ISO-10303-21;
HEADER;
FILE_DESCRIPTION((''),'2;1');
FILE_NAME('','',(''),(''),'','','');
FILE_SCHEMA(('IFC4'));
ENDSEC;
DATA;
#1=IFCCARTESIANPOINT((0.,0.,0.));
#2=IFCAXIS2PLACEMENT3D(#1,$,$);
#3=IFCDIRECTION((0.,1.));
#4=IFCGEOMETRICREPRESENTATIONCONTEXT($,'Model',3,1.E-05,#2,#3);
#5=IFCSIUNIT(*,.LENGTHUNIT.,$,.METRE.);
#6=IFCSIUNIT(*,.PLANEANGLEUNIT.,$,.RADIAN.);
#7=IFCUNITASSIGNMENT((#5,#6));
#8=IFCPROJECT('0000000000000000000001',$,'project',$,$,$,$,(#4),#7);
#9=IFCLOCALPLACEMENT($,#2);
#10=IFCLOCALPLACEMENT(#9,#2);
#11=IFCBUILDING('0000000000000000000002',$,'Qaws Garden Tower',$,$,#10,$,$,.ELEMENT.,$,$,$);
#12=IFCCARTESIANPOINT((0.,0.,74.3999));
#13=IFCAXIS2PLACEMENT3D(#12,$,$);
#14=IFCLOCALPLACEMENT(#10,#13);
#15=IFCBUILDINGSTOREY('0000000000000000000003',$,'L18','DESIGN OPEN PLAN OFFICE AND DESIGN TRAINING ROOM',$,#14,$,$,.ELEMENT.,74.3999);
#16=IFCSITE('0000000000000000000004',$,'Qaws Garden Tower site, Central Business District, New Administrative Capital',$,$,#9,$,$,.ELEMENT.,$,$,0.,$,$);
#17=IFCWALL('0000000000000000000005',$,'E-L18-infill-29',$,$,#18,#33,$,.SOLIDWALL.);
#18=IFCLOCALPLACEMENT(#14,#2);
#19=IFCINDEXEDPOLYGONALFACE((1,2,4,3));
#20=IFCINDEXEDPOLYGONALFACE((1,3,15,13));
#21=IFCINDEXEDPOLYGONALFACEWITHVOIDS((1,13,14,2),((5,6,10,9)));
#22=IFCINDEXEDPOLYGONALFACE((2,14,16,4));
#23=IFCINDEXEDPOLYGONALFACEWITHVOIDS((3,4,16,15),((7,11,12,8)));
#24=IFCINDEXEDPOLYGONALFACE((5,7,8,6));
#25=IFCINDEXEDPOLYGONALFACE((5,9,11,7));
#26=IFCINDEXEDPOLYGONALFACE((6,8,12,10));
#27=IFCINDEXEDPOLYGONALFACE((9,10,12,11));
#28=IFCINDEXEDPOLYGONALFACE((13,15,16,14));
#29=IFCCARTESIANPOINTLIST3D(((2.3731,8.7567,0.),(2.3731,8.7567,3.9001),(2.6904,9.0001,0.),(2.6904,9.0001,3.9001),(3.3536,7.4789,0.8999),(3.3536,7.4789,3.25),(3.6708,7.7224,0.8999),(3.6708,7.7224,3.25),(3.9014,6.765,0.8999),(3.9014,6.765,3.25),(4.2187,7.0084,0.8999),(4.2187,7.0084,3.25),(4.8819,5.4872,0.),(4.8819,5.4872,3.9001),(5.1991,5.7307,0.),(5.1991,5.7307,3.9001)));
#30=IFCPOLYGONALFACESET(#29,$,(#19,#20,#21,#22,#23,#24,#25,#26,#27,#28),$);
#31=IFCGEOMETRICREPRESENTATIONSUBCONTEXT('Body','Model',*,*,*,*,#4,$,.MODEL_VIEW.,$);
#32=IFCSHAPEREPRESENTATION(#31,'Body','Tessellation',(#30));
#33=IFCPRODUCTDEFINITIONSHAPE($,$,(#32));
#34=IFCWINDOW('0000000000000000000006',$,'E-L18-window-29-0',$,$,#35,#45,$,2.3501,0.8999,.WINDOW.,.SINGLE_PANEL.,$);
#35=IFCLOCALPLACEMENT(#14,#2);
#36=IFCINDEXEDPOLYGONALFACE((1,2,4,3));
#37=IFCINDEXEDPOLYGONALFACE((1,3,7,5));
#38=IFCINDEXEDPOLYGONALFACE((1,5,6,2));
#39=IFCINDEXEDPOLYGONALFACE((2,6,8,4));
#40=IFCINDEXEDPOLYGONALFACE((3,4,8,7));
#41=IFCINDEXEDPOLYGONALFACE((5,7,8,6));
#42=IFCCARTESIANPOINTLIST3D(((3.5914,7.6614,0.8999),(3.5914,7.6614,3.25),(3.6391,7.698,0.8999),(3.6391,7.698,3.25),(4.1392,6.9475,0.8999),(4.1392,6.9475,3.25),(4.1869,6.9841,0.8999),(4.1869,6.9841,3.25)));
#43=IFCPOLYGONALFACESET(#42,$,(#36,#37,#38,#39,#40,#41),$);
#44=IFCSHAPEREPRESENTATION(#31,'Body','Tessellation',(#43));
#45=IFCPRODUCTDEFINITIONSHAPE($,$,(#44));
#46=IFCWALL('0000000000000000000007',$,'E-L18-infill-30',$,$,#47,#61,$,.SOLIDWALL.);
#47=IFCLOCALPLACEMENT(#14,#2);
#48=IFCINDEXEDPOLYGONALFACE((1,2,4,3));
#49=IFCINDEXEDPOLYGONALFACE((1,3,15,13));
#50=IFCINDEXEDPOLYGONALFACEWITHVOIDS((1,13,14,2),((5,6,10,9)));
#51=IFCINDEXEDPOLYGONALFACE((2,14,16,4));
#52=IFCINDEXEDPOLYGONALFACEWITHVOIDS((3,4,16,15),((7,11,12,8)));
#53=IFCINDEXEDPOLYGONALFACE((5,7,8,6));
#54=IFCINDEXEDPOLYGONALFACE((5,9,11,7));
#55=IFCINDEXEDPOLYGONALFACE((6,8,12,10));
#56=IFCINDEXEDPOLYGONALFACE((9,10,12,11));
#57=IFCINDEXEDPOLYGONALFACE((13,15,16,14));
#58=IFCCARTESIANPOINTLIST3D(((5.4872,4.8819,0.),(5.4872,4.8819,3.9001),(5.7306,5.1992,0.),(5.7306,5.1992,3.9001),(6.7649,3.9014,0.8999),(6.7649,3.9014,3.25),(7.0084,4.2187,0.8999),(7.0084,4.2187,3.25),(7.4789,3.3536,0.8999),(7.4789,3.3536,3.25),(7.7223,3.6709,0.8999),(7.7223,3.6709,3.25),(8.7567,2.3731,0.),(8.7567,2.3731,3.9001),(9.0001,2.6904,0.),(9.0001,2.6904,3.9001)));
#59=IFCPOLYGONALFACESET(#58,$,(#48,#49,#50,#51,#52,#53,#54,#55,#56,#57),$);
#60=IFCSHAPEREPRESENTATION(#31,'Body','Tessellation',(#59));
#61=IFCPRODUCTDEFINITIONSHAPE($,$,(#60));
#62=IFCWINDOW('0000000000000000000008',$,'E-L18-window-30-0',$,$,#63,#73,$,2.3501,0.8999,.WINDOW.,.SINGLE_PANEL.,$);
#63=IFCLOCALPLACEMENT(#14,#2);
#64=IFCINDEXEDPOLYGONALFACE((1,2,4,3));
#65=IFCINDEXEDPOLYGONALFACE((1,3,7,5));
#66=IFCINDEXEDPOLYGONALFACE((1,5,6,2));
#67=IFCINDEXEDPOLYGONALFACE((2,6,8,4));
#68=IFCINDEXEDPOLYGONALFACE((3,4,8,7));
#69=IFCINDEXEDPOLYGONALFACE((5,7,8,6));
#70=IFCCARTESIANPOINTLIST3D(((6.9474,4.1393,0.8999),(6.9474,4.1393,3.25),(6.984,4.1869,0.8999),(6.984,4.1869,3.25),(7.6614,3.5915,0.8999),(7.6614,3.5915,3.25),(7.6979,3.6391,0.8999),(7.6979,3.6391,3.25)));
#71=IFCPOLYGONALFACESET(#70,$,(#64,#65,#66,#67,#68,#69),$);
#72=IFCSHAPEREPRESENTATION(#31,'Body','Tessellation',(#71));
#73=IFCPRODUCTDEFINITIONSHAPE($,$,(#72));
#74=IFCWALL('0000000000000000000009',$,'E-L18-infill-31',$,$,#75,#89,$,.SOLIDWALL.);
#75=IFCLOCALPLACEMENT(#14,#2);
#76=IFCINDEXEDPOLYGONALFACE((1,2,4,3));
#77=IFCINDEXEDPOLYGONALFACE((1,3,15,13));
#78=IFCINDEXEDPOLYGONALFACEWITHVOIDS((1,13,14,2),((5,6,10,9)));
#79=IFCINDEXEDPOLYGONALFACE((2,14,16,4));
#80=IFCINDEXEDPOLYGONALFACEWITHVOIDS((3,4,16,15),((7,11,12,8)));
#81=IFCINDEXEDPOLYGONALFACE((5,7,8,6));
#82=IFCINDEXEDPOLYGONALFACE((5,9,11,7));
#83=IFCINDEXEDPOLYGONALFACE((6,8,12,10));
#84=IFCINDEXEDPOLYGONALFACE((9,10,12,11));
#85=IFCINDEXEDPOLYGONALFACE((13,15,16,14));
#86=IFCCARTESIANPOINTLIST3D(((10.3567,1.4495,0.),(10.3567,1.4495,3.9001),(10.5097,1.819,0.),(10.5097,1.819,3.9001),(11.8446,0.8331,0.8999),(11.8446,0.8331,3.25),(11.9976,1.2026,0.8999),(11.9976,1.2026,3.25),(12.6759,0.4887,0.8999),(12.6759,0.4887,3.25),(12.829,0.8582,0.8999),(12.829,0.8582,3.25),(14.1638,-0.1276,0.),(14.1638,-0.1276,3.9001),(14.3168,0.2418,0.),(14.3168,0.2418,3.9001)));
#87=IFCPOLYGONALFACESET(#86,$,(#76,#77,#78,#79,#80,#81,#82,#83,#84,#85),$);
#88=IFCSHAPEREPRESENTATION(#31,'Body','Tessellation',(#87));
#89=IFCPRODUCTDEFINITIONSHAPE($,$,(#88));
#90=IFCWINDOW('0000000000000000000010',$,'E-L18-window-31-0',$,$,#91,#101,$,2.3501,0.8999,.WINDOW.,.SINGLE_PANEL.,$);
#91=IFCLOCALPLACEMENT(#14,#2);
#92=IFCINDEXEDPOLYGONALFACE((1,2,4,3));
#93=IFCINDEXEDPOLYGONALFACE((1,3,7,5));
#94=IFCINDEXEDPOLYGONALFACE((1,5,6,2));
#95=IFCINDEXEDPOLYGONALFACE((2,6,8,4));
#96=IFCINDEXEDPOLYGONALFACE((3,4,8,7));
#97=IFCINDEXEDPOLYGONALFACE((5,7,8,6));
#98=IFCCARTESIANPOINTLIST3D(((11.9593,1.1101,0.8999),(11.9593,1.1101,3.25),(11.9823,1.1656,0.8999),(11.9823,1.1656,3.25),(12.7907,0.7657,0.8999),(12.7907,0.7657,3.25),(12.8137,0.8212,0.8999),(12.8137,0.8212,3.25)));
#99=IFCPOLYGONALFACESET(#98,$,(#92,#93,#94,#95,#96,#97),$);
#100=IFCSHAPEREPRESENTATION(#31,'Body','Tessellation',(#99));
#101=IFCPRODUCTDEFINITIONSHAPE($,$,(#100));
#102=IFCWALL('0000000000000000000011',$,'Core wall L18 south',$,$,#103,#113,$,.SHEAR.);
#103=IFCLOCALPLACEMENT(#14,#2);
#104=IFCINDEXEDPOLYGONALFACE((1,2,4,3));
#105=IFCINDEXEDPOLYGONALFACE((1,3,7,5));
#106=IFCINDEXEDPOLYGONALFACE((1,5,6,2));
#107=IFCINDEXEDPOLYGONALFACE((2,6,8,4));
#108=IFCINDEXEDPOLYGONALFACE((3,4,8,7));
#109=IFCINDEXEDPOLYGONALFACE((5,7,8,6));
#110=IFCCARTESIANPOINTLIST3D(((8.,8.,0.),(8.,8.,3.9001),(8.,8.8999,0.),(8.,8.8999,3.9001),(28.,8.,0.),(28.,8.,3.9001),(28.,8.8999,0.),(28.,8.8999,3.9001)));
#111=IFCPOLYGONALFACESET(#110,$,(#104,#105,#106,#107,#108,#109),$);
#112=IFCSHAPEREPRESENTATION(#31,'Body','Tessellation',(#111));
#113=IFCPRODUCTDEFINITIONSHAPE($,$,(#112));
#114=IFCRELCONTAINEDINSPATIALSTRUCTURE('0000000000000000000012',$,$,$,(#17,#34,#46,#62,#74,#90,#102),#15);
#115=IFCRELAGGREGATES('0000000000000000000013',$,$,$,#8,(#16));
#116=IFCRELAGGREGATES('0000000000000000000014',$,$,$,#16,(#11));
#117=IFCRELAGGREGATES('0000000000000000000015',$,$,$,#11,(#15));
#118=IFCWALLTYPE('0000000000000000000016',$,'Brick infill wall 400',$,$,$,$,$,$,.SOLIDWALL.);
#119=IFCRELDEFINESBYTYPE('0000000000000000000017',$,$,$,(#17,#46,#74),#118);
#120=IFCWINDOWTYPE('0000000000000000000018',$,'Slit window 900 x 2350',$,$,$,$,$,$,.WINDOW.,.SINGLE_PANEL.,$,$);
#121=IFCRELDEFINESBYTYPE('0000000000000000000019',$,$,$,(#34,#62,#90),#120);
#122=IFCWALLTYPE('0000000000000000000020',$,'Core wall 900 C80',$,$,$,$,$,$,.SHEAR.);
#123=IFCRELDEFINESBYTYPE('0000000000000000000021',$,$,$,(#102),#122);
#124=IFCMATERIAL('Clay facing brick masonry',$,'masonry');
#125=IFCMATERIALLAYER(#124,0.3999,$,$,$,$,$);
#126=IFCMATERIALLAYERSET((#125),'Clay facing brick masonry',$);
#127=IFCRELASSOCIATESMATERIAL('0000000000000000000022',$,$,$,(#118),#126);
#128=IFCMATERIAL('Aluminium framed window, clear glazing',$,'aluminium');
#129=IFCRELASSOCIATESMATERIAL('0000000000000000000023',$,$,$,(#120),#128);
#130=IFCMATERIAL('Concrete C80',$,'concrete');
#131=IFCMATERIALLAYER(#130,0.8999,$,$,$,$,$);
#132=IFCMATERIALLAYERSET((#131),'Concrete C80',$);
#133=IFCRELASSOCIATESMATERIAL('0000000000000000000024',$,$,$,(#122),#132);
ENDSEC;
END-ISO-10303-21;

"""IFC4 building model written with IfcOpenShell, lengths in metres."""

from ifc_helpers import new_model, si_unit, direction, frame, frame_2d, origin, place, context, subcontext, project, spatial, rectangle, extrude, material, layer, layer_set, type_object, element, fill, save


model = new_model("IFC4")

# Units and contexts
model_context = context("Model", 3, precision=1e-05, world=origin(), true_north=direction((0.0, 1.0)))
body_context = subcontext(model_context, "Body", "Model", "MODEL_VIEW")
ifc_project = project(units=[si_unit("LENGTHUNIT", "METRE"), si_unit("PLANEANGLEUNIT", "RADIAN")], contexts=[model_context])

# Site, building, storey
site_placement = place(None, origin())
site = spatial("IfcSite", under=ifc_project, at=site_placement, Name="Qaws Garden Tower site, Central Business District, New Administrative Capital", CompositionType="ELEMENT", RefElevation=0.0)
building_placement = place(site_placement, origin())
building = spatial("IfcBuilding", under=site, at=building_placement, Name="Qaws Garden Tower", CompositionType="ELEMENT")
storey_placement = place(building_placement, frame((0.0, 0.0, 74.3999)))
storey = spatial("IfcBuildingStorey", under=building, at=storey_placement, Name="L18", Description="DESIGN OPEN PLAN OFFICE AND DESIGN TRAINING ROOM", CompositionType="ELEMENT", Elevation=74.3999)

# Walls, openings, windows
ifc_material_1 = material(Name="Clay facing brick masonry", Category="masonry")
ifc_layer_1 = layer(ifc_material_1, 0.3999)
ifc_layer_set_1 = layer_set([ifc_layer_1], Name="Clay facing brick masonry")
wall_type_1 = type_object("IfcWallType", Name="Brick infill wall 400", PredefinedType="SOLIDWALL", material=ifc_layer_set_1)
wall_1_placement = place(storey_placement, frame((2.5317, 8.8784, 0.0), z_axis=(0.0, 0.0, 1.0), x_axis=(0.60876, -0.793355, 0.0)))
wall_1 = element("IfcWall", 1, at=wall_1_placement, inside=storey, type_object=wall_type_1, Name="E-L18-infill-29", PredefinedType="SOLIDWALL", context=body_context, shape_type="SweptSolid", body=[
    extrude(rectangle(XDim=4.1211, YDim=0.3999, at=frame_2d((2.0605, 0.0))), origin(), (0.0, 0.0, 1.0), 3.9001),
])
opening_1_placement = place(wall_1_placement, frame((1.6106, 0.0, 0.8999)))
opening_1 = element("IfcOpeningElement", 2, at=opening_1_placement, cuts=wall_1, PredefinedType="OPENING", context=body_context, shape_type="SweptSolid", body=[
    extrude(rectangle(XDim=0.8999, YDim=2.3501, at=frame_2d((0.45, 1.175))), frame((0.0, 0.21, 0.0), z_axis=(0.0, -1.0, 0.0), x_axis=(1.0, 0.0, 0.0)), (0.0, 0.0, 1.0), 0.4199),
])
ifc_material_2 = material(Name="Aluminium framed window, clear glazing", Category="aluminium")
window_type = type_object("IfcWindowType", Name="Slit window 900 x 2350", PartitioningType="SINGLE_PANEL", PredefinedType="WINDOW", material=ifc_material_2)
window_1_placement = place(opening_1_placement, origin())
window_1 = element("IfcWindow", 3, at=window_1_placement, inside=storey, type_object=window_type, Name="E-L18-window-29-0", OverallHeight=2.3501, OverallWidth=0.8999, PartitioningType="SINGLE_PANEL", PredefinedType="WINDOW", context=body_context, shape_type="SweptSolid", body=[
    extrude(rectangle(XDim=0.8999, YDim=2.3501, at=frame_2d((0.45, 1.175))), frame((0.0, 0.1599, 0.0), z_axis=(0.0, -1.0, 0.0), x_axis=(1.0, 0.0, 0.0)), (0.0, 0.0, 1.0), 0.0601),
])
fill(opening_1, window_1)
wall_2_placement = place(storey_placement, frame((5.6089, 5.0405, 0.0), z_axis=(0.0, 0.0, 1.0), x_axis=(0.793355, -0.60876, 0.0)))
wall_2 = element("IfcWall", 4, at=wall_2_placement, inside=storey, type_object=wall_type_1, Name="E-L18-infill-30", PredefinedType="SOLIDWALL", context=body_context, shape_type="SweptSolid", body=[
    extrude(rectangle(XDim=4.1211, YDim=0.3999, at=frame_2d((2.0605, 0.0))), origin(), (0.0, 0.0, 1.0), 3.9001),
])
opening_2_placement = place(wall_2_placement, frame((1.6106, 0.0, 0.8999)))
opening_2 = element("IfcOpeningElement", 5, at=opening_2_placement, cuts=wall_2, PredefinedType="OPENING", context=body_context, shape_type="SweptSolid", body=[
    extrude(rectangle(XDim=0.8999, YDim=2.3501, at=frame_2d((0.45, 1.175))), frame((0.0, 0.21, 0.0), z_axis=(0.0, -1.0, 0.0), x_axis=(1.0, 0.0, 0.0)), (0.0, 0.0, 1.0), 0.4199),
])
window_2_placement = place(opening_2_placement, origin())
window_2 = element("IfcWindow", 6, at=window_2_placement, inside=storey, type_object=window_type, Name="E-L18-window-30-0", OverallHeight=2.3501, OverallWidth=0.8999, PartitioningType="SINGLE_PANEL", PredefinedType="WINDOW", context=body_context, shape_type="SweptSolid", body=[
    extrude(rectangle(XDim=0.8999, YDim=2.3501, at=frame_2d((0.45, 1.175))), frame((0.0, 0.1599, 0.0), z_axis=(0.0, -1.0, 0.0), x_axis=(1.0, 0.0, 0.0)), (0.0, 0.0, 1.0), 0.0601),
])
fill(opening_2, window_2)
wall_3_placement = place(storey_placement, frame((10.4331, 1.6343, 0.0), z_axis=(0.0, 0.0, 1.0), x_axis=(0.923864, -0.382722, 0.0)))
wall_3 = element("IfcWall", 7, at=wall_3_placement, inside=storey, type_object=wall_type_1, Name="E-L18-infill-31", PredefinedType="SOLIDWALL", context=body_context, shape_type="SweptSolid", body=[
    extrude(rectangle(XDim=4.1208, YDim=0.3999, at=frame_2d((2.0605, 0.0))), origin(), (0.0, 0.0, 1.0), 3.9001),
])
opening_3_placement = place(wall_3_placement, frame((1.6106, 0.0, 0.8999)))
opening_3 = element("IfcOpeningElement", 8, at=opening_3_placement, cuts=wall_3, PredefinedType="OPENING", context=body_context, shape_type="SweptSolid", body=[
    extrude(rectangle(XDim=0.8999, YDim=2.3501, at=frame_2d((0.45, 1.175))), frame((0.0, 0.21, 0.0), z_axis=(0.0, -1.0, 0.0), x_axis=(1.0, 0.0, 0.0)), (0.0, 0.0, 1.0), 0.4199),
])
window_3_placement = place(opening_3_placement, origin())
window_3 = element("IfcWindow", 9, at=window_3_placement, inside=storey, type_object=window_type, Name="E-L18-window-31-0", OverallHeight=2.3501, OverallWidth=0.8999, PartitioningType="SINGLE_PANEL", PredefinedType="WINDOW", context=body_context, shape_type="SweptSolid", body=[
    extrude(rectangle(XDim=0.8999, YDim=2.3501, at=frame_2d((0.45, 1.175))), frame((0.0, 0.1599, 0.0), z_axis=(0.0, -1.0, 0.0), x_axis=(1.0, 0.0, 0.0)), (0.0, 0.0, 1.0), 0.0601),
])
fill(opening_3, window_3)

# Wall
ifc_material_3 = material(Name="Concrete C80", Category="concrete")
ifc_layer_2 = layer(ifc_material_3, 0.8999)
ifc_layer_set_2 = layer_set([ifc_layer_2], Name="Concrete C80")
wall_type_2 = type_object("IfcWallType", Name="Core wall 900 C80", PredefinedType="SHEAR", material=ifc_layer_set_2)
wall_4_placement = place(storey_placement, frame((8.0, 8.45, 0.0), z_axis=(0.0, 0.0, 1.0), x_axis=(1.0, 0.0, 0.0)))
element("IfcWall", 10, at=wall_4_placement, inside=storey, type_object=wall_type_2, Name="Core wall L18 south", PredefinedType="SHEAR", context=body_context, shape_type="SweptSolid", body=[
    extrude(rectangle(XDim=20.0, YDim=0.8999, at=frame_2d((10.0, 0.0))), origin(), (0.0, 0.0, 1.0), 3.9001),
])

save(model, "model.ifc")
